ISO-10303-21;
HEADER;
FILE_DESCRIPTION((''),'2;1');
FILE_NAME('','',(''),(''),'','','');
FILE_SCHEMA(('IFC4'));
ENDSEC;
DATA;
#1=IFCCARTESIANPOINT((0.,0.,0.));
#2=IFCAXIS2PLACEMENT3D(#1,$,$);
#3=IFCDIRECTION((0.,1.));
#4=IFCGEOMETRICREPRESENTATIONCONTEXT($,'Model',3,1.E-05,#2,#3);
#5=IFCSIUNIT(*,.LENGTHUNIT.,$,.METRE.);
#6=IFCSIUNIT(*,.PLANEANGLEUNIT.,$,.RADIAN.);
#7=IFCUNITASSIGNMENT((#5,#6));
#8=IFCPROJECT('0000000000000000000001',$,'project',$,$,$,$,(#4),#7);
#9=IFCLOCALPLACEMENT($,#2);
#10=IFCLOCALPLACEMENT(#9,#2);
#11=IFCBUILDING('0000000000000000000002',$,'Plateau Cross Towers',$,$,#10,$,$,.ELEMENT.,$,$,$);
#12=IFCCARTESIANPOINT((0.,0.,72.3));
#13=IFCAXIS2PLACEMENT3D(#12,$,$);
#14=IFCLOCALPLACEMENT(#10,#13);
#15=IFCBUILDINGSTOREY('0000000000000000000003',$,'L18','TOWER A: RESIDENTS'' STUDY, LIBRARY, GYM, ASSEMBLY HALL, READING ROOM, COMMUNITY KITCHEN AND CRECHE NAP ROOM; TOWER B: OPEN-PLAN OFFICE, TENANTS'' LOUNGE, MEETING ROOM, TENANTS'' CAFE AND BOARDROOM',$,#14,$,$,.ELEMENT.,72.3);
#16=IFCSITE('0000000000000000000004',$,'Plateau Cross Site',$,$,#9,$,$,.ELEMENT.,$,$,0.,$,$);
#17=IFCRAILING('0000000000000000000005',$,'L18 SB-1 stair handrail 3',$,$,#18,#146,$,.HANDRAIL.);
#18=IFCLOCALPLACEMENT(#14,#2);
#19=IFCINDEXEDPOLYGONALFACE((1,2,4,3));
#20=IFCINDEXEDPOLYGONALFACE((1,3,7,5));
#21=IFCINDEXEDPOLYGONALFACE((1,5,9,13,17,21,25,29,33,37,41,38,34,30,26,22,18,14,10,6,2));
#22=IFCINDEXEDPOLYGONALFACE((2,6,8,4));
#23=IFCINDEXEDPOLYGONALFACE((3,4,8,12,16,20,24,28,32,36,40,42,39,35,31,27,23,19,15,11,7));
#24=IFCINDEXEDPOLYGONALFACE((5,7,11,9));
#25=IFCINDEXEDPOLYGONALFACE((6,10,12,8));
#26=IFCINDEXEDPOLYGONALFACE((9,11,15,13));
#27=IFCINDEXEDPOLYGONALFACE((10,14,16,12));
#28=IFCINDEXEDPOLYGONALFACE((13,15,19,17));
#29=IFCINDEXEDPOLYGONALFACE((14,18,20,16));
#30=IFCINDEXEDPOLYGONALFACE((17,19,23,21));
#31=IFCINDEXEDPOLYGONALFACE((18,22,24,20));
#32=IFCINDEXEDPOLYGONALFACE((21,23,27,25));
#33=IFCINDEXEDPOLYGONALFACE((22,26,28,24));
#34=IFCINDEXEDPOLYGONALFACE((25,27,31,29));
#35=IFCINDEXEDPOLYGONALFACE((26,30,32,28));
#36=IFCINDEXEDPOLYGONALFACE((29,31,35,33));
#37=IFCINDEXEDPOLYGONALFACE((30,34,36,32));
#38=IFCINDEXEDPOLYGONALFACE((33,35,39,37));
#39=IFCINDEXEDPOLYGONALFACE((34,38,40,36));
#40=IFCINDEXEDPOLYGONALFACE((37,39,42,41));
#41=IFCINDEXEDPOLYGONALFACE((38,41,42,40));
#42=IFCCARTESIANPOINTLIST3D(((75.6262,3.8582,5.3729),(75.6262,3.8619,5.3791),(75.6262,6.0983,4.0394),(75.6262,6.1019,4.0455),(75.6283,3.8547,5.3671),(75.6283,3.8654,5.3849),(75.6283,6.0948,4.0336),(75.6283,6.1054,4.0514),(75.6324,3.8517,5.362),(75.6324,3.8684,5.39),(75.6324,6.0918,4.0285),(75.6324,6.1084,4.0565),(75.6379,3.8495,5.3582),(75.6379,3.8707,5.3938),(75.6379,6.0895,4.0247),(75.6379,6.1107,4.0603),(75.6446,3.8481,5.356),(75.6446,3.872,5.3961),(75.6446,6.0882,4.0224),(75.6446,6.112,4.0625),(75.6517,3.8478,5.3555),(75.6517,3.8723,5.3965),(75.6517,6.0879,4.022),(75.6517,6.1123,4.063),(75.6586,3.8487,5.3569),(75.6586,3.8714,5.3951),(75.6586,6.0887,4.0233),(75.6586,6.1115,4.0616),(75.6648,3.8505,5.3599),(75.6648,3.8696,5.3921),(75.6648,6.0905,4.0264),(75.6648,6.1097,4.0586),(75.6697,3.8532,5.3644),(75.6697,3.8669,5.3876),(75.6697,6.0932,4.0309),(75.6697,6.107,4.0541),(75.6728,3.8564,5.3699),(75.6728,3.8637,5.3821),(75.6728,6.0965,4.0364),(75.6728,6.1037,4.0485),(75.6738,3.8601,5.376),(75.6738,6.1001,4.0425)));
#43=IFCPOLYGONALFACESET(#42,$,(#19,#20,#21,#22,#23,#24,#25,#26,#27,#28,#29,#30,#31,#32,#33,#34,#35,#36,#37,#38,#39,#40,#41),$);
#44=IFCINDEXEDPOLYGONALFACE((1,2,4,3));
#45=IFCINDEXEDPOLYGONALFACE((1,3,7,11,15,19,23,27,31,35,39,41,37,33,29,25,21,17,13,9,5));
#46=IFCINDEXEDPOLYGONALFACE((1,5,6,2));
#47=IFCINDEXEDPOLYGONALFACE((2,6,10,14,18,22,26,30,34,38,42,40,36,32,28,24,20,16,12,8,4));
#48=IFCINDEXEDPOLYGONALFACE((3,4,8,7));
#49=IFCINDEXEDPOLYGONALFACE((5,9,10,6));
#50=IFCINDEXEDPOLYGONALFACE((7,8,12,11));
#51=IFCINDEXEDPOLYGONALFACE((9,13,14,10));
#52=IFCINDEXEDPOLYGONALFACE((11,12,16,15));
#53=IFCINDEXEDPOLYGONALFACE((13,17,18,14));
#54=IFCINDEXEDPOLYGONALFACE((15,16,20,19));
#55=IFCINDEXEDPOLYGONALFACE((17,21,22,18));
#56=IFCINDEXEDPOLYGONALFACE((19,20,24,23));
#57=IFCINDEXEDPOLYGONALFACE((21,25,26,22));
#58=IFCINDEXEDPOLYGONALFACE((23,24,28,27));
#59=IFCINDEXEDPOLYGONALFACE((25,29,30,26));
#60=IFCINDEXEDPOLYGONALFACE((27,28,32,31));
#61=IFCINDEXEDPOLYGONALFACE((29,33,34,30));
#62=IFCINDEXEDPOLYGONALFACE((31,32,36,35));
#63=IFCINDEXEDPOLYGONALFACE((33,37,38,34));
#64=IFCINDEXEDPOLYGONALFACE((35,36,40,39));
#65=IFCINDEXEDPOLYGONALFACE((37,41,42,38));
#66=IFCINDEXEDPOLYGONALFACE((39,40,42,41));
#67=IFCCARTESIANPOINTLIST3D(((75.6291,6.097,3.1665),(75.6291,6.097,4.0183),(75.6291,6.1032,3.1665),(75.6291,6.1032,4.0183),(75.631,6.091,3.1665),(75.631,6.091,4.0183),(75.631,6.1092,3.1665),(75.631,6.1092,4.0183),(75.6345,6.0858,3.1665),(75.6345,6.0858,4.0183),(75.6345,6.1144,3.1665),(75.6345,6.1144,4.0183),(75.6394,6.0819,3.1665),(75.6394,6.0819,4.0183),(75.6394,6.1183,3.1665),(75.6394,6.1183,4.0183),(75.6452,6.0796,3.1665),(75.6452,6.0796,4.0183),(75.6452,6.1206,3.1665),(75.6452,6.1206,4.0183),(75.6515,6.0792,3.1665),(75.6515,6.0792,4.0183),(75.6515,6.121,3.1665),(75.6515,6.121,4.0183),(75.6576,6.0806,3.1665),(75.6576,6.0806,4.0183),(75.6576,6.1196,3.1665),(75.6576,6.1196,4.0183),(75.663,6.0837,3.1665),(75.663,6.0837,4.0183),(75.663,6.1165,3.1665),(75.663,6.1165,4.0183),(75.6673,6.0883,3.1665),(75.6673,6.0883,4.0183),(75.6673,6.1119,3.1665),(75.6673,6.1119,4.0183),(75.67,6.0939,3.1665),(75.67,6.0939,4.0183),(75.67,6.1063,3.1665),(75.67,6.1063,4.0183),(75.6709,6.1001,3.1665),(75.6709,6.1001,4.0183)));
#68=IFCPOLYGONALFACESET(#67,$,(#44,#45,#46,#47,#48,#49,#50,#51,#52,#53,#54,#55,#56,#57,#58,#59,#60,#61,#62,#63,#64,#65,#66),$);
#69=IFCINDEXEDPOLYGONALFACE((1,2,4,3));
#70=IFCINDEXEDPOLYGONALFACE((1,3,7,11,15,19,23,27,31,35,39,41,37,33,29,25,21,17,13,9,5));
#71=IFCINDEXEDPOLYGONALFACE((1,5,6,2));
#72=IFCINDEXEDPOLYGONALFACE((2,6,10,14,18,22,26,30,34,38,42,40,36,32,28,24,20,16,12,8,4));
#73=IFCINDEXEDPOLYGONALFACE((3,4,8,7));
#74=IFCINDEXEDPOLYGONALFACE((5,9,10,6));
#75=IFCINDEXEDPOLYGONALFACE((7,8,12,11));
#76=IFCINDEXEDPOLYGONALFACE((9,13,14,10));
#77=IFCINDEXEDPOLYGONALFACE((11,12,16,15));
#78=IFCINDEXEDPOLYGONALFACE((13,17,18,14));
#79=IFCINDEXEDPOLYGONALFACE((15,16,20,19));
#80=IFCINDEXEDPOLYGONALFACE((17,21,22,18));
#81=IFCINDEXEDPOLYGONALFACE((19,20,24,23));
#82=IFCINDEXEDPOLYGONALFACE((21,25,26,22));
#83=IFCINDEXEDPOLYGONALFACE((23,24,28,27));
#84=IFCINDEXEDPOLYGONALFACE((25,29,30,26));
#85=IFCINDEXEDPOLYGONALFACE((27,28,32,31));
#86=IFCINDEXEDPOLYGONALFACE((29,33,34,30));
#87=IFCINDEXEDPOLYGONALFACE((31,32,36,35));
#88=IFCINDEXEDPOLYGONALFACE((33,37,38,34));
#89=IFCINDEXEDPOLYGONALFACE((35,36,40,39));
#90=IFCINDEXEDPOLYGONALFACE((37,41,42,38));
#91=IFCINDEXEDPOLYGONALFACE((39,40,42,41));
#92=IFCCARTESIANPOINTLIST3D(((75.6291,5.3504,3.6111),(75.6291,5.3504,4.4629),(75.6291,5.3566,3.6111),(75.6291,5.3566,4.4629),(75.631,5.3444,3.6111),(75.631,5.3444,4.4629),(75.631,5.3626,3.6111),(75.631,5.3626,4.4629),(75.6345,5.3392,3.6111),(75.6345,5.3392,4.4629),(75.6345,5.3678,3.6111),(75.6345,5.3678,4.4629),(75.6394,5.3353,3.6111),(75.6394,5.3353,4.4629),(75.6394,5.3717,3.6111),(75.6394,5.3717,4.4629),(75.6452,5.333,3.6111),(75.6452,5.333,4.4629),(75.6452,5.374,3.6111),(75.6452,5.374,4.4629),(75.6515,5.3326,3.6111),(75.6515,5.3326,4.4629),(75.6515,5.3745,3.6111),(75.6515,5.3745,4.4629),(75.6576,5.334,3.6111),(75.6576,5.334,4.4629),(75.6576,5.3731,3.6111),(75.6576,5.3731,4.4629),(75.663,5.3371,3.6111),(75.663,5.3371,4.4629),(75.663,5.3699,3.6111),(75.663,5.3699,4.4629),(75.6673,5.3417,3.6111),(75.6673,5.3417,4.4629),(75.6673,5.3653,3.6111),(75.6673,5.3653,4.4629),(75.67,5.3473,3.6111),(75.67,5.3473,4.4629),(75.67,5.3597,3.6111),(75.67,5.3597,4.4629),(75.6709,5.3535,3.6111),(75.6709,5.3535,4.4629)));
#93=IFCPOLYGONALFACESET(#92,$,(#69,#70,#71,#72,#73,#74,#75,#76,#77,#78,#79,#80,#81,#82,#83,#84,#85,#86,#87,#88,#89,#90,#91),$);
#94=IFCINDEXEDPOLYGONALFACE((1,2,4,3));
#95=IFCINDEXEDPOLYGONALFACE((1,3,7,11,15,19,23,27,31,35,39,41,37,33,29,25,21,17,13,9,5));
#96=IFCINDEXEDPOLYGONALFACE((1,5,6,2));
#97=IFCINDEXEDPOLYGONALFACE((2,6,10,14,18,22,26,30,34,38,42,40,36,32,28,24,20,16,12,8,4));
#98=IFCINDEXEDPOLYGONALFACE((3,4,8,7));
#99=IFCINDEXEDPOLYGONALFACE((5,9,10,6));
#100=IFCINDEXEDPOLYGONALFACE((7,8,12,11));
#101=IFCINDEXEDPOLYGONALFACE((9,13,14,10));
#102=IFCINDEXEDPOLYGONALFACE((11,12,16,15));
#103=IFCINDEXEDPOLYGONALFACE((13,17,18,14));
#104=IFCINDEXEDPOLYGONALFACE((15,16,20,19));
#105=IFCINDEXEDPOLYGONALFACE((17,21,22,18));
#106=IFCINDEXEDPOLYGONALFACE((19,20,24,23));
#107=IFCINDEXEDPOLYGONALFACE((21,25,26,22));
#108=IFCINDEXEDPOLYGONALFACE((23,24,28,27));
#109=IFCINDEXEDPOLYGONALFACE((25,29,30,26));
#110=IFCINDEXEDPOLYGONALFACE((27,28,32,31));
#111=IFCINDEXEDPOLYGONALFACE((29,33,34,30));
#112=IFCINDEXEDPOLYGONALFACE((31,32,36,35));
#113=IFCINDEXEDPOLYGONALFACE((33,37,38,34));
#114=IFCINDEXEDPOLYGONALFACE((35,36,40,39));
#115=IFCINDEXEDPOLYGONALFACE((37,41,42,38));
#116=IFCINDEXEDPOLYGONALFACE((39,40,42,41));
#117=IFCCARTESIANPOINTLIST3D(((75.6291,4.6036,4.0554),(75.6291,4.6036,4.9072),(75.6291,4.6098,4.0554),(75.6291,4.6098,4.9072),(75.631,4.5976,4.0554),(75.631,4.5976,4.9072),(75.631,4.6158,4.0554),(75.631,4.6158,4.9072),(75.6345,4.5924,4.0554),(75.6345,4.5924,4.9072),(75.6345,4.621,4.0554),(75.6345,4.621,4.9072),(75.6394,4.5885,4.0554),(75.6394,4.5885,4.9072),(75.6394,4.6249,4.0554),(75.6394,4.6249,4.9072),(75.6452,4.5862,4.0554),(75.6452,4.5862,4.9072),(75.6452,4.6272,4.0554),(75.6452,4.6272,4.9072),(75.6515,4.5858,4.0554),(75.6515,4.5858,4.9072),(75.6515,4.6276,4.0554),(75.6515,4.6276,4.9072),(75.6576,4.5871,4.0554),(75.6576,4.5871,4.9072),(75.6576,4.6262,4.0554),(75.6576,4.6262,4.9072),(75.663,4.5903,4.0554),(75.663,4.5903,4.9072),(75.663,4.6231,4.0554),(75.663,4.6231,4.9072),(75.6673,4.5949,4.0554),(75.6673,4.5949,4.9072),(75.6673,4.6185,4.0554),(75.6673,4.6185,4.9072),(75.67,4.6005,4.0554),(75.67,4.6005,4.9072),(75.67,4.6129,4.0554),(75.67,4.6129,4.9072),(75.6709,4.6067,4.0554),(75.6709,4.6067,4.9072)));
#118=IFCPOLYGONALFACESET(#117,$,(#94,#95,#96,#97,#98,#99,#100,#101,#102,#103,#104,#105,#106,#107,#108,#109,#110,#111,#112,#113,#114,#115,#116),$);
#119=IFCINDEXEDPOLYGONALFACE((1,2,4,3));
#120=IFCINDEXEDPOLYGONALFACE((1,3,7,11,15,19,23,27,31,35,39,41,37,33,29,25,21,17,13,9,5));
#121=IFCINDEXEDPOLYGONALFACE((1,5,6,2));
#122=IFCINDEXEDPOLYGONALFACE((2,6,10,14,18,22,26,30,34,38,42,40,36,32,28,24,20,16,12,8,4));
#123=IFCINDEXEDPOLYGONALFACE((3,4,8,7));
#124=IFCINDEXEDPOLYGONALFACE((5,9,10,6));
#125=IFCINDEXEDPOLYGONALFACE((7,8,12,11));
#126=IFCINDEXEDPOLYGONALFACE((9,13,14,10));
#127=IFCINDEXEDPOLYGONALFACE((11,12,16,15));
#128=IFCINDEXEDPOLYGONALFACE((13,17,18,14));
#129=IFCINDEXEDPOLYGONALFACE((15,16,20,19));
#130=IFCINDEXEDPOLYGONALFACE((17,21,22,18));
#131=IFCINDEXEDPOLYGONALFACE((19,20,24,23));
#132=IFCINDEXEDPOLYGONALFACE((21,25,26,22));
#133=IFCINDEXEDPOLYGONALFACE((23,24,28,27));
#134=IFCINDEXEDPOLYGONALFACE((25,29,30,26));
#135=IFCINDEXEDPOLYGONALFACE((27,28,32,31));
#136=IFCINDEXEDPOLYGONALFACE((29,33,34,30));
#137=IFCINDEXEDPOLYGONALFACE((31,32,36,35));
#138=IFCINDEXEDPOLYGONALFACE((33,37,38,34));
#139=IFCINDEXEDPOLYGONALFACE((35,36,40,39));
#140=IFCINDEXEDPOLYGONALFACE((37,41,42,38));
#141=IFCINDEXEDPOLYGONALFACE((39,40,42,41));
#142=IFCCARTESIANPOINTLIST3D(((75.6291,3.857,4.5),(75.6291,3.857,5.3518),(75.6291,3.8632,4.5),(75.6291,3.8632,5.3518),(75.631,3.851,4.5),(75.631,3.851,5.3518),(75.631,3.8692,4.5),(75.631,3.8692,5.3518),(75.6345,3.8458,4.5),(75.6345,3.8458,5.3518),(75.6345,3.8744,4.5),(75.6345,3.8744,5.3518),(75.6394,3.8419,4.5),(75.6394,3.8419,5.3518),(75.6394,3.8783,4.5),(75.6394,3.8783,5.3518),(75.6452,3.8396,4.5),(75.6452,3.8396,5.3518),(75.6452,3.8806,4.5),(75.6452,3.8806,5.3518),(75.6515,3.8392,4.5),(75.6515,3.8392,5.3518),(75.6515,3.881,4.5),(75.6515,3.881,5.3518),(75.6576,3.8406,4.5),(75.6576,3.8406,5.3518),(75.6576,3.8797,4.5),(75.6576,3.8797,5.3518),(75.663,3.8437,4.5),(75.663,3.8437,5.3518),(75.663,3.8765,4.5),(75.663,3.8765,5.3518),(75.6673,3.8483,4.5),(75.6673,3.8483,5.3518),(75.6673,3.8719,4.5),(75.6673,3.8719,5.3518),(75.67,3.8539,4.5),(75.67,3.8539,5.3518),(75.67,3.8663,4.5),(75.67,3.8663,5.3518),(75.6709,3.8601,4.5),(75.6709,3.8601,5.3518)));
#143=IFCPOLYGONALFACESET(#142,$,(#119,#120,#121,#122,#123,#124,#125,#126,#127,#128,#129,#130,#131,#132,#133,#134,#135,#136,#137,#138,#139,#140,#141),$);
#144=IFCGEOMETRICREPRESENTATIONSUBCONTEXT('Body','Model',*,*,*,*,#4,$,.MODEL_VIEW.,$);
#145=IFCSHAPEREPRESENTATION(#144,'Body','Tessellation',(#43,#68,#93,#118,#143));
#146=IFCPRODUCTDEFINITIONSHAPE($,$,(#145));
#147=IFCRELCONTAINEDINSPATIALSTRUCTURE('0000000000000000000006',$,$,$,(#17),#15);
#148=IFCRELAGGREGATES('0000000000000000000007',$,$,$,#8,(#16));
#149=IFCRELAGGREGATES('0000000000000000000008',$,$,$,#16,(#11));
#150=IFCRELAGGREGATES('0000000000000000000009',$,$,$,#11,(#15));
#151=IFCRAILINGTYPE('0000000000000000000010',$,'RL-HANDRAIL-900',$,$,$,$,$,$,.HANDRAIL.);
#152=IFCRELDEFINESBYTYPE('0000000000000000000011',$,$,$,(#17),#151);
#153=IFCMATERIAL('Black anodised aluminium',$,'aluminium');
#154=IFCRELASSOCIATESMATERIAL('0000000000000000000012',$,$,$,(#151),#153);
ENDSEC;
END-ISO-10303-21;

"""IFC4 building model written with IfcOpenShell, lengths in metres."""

from ifc_helpers import new_model, si_unit, direction, frame, origin, origin_2d, place, context, subcontext, project, spatial, circle, extrude, material, type_object, element, save


model = new_model("IFC4")

# Units and contexts
model_context = context("Model", 3, precision=1e-05, world=origin(), true_north=direction((0.0, 1.0)))
body_context = subcontext(model_context, "Body", "Model", "MODEL_VIEW")
ifc_project = project(units=[si_unit("LENGTHUNIT", "METRE"), si_unit("PLANEANGLEUNIT", "RADIAN")], contexts=[model_context])

# Site, building, storey
site_placement = place(None, origin())
site = spatial("IfcSite", under=ifc_project, at=site_placement, Name="Plateau Cross Site", CompositionType="ELEMENT", RefElevation=0.0)
building_placement = place(site_placement, origin())
building = spatial("IfcBuilding", under=site, at=building_placement, Name="Plateau Cross Towers", CompositionType="ELEMENT")
storey_placement = place(building_placement, frame((0.0, 0.0, 72.3)))
storey = spatial("IfcBuildingStorey", under=building, at=storey_placement, Name="L18", Description="TOWER A: RESIDENTS' STUDY, LIBRARY, GYM, ASSEMBLY HALL, READING ROOM, COMMUNITY KITCHEN AND CRECHE NAP ROOM; TOWER B: OPEN-PLAN OFFICE, TENANTS' LOUNGE, MEETING ROOM, TENANTS' CAFE AND BOARDROOM", CompositionType="ELEMENT", Elevation=72.3)

# Shared definitions
ifc_material_1 = material(Name="Black anodised aluminium", Category="aluminium")

# Railing
railing_type_1 = type_object("IfcRailingType", Name="RL-HANDRAIL-900", PredefinedType="HANDRAIL", material=ifc_material_1)
railing_1_placement = place(storey_placement, frame((75.6499, 6.1001, 3.1665)))
element("IfcRailing", 1, at=railing_1_placement, inside=storey, type_object=railing_type_1, Name="L18 SB-1 stair handrail 3", PredefinedType="HANDRAIL", context=body_context, shape_type="SweptSolid", body=[
    extrude(circle(Radius=0.0239, at=origin_2d()), frame((0.0, 0.0, 0.876), z_axis=(0.0, -0.859264, 0.511532), x_axis=(1.0, 0.0, 0.0)), (0.0, 0.0, 1.0), 2.6069),
    extrude(circle(Radius=0.021, at=origin_2d()), origin(), (0.0, 0.0, 1.0), 0.8518),
    extrude(circle(Radius=0.021, at=origin_2d()), frame((0.0, -0.7466, 0.4446)), (0.0, 0.0, 1.0), 0.8518),
    extrude(circle(Radius=0.021, at=origin_2d()), frame((0.0, -1.4934, 0.8889)), (0.0, 0.0, 1.0), 0.8518),
    extrude(circle(Radius=0.021, at=origin_2d()), frame((0.0, -2.24, 1.3335)), (0.0, 0.0, 1.0), 0.8518),
])

save(model, "model.ifc")
